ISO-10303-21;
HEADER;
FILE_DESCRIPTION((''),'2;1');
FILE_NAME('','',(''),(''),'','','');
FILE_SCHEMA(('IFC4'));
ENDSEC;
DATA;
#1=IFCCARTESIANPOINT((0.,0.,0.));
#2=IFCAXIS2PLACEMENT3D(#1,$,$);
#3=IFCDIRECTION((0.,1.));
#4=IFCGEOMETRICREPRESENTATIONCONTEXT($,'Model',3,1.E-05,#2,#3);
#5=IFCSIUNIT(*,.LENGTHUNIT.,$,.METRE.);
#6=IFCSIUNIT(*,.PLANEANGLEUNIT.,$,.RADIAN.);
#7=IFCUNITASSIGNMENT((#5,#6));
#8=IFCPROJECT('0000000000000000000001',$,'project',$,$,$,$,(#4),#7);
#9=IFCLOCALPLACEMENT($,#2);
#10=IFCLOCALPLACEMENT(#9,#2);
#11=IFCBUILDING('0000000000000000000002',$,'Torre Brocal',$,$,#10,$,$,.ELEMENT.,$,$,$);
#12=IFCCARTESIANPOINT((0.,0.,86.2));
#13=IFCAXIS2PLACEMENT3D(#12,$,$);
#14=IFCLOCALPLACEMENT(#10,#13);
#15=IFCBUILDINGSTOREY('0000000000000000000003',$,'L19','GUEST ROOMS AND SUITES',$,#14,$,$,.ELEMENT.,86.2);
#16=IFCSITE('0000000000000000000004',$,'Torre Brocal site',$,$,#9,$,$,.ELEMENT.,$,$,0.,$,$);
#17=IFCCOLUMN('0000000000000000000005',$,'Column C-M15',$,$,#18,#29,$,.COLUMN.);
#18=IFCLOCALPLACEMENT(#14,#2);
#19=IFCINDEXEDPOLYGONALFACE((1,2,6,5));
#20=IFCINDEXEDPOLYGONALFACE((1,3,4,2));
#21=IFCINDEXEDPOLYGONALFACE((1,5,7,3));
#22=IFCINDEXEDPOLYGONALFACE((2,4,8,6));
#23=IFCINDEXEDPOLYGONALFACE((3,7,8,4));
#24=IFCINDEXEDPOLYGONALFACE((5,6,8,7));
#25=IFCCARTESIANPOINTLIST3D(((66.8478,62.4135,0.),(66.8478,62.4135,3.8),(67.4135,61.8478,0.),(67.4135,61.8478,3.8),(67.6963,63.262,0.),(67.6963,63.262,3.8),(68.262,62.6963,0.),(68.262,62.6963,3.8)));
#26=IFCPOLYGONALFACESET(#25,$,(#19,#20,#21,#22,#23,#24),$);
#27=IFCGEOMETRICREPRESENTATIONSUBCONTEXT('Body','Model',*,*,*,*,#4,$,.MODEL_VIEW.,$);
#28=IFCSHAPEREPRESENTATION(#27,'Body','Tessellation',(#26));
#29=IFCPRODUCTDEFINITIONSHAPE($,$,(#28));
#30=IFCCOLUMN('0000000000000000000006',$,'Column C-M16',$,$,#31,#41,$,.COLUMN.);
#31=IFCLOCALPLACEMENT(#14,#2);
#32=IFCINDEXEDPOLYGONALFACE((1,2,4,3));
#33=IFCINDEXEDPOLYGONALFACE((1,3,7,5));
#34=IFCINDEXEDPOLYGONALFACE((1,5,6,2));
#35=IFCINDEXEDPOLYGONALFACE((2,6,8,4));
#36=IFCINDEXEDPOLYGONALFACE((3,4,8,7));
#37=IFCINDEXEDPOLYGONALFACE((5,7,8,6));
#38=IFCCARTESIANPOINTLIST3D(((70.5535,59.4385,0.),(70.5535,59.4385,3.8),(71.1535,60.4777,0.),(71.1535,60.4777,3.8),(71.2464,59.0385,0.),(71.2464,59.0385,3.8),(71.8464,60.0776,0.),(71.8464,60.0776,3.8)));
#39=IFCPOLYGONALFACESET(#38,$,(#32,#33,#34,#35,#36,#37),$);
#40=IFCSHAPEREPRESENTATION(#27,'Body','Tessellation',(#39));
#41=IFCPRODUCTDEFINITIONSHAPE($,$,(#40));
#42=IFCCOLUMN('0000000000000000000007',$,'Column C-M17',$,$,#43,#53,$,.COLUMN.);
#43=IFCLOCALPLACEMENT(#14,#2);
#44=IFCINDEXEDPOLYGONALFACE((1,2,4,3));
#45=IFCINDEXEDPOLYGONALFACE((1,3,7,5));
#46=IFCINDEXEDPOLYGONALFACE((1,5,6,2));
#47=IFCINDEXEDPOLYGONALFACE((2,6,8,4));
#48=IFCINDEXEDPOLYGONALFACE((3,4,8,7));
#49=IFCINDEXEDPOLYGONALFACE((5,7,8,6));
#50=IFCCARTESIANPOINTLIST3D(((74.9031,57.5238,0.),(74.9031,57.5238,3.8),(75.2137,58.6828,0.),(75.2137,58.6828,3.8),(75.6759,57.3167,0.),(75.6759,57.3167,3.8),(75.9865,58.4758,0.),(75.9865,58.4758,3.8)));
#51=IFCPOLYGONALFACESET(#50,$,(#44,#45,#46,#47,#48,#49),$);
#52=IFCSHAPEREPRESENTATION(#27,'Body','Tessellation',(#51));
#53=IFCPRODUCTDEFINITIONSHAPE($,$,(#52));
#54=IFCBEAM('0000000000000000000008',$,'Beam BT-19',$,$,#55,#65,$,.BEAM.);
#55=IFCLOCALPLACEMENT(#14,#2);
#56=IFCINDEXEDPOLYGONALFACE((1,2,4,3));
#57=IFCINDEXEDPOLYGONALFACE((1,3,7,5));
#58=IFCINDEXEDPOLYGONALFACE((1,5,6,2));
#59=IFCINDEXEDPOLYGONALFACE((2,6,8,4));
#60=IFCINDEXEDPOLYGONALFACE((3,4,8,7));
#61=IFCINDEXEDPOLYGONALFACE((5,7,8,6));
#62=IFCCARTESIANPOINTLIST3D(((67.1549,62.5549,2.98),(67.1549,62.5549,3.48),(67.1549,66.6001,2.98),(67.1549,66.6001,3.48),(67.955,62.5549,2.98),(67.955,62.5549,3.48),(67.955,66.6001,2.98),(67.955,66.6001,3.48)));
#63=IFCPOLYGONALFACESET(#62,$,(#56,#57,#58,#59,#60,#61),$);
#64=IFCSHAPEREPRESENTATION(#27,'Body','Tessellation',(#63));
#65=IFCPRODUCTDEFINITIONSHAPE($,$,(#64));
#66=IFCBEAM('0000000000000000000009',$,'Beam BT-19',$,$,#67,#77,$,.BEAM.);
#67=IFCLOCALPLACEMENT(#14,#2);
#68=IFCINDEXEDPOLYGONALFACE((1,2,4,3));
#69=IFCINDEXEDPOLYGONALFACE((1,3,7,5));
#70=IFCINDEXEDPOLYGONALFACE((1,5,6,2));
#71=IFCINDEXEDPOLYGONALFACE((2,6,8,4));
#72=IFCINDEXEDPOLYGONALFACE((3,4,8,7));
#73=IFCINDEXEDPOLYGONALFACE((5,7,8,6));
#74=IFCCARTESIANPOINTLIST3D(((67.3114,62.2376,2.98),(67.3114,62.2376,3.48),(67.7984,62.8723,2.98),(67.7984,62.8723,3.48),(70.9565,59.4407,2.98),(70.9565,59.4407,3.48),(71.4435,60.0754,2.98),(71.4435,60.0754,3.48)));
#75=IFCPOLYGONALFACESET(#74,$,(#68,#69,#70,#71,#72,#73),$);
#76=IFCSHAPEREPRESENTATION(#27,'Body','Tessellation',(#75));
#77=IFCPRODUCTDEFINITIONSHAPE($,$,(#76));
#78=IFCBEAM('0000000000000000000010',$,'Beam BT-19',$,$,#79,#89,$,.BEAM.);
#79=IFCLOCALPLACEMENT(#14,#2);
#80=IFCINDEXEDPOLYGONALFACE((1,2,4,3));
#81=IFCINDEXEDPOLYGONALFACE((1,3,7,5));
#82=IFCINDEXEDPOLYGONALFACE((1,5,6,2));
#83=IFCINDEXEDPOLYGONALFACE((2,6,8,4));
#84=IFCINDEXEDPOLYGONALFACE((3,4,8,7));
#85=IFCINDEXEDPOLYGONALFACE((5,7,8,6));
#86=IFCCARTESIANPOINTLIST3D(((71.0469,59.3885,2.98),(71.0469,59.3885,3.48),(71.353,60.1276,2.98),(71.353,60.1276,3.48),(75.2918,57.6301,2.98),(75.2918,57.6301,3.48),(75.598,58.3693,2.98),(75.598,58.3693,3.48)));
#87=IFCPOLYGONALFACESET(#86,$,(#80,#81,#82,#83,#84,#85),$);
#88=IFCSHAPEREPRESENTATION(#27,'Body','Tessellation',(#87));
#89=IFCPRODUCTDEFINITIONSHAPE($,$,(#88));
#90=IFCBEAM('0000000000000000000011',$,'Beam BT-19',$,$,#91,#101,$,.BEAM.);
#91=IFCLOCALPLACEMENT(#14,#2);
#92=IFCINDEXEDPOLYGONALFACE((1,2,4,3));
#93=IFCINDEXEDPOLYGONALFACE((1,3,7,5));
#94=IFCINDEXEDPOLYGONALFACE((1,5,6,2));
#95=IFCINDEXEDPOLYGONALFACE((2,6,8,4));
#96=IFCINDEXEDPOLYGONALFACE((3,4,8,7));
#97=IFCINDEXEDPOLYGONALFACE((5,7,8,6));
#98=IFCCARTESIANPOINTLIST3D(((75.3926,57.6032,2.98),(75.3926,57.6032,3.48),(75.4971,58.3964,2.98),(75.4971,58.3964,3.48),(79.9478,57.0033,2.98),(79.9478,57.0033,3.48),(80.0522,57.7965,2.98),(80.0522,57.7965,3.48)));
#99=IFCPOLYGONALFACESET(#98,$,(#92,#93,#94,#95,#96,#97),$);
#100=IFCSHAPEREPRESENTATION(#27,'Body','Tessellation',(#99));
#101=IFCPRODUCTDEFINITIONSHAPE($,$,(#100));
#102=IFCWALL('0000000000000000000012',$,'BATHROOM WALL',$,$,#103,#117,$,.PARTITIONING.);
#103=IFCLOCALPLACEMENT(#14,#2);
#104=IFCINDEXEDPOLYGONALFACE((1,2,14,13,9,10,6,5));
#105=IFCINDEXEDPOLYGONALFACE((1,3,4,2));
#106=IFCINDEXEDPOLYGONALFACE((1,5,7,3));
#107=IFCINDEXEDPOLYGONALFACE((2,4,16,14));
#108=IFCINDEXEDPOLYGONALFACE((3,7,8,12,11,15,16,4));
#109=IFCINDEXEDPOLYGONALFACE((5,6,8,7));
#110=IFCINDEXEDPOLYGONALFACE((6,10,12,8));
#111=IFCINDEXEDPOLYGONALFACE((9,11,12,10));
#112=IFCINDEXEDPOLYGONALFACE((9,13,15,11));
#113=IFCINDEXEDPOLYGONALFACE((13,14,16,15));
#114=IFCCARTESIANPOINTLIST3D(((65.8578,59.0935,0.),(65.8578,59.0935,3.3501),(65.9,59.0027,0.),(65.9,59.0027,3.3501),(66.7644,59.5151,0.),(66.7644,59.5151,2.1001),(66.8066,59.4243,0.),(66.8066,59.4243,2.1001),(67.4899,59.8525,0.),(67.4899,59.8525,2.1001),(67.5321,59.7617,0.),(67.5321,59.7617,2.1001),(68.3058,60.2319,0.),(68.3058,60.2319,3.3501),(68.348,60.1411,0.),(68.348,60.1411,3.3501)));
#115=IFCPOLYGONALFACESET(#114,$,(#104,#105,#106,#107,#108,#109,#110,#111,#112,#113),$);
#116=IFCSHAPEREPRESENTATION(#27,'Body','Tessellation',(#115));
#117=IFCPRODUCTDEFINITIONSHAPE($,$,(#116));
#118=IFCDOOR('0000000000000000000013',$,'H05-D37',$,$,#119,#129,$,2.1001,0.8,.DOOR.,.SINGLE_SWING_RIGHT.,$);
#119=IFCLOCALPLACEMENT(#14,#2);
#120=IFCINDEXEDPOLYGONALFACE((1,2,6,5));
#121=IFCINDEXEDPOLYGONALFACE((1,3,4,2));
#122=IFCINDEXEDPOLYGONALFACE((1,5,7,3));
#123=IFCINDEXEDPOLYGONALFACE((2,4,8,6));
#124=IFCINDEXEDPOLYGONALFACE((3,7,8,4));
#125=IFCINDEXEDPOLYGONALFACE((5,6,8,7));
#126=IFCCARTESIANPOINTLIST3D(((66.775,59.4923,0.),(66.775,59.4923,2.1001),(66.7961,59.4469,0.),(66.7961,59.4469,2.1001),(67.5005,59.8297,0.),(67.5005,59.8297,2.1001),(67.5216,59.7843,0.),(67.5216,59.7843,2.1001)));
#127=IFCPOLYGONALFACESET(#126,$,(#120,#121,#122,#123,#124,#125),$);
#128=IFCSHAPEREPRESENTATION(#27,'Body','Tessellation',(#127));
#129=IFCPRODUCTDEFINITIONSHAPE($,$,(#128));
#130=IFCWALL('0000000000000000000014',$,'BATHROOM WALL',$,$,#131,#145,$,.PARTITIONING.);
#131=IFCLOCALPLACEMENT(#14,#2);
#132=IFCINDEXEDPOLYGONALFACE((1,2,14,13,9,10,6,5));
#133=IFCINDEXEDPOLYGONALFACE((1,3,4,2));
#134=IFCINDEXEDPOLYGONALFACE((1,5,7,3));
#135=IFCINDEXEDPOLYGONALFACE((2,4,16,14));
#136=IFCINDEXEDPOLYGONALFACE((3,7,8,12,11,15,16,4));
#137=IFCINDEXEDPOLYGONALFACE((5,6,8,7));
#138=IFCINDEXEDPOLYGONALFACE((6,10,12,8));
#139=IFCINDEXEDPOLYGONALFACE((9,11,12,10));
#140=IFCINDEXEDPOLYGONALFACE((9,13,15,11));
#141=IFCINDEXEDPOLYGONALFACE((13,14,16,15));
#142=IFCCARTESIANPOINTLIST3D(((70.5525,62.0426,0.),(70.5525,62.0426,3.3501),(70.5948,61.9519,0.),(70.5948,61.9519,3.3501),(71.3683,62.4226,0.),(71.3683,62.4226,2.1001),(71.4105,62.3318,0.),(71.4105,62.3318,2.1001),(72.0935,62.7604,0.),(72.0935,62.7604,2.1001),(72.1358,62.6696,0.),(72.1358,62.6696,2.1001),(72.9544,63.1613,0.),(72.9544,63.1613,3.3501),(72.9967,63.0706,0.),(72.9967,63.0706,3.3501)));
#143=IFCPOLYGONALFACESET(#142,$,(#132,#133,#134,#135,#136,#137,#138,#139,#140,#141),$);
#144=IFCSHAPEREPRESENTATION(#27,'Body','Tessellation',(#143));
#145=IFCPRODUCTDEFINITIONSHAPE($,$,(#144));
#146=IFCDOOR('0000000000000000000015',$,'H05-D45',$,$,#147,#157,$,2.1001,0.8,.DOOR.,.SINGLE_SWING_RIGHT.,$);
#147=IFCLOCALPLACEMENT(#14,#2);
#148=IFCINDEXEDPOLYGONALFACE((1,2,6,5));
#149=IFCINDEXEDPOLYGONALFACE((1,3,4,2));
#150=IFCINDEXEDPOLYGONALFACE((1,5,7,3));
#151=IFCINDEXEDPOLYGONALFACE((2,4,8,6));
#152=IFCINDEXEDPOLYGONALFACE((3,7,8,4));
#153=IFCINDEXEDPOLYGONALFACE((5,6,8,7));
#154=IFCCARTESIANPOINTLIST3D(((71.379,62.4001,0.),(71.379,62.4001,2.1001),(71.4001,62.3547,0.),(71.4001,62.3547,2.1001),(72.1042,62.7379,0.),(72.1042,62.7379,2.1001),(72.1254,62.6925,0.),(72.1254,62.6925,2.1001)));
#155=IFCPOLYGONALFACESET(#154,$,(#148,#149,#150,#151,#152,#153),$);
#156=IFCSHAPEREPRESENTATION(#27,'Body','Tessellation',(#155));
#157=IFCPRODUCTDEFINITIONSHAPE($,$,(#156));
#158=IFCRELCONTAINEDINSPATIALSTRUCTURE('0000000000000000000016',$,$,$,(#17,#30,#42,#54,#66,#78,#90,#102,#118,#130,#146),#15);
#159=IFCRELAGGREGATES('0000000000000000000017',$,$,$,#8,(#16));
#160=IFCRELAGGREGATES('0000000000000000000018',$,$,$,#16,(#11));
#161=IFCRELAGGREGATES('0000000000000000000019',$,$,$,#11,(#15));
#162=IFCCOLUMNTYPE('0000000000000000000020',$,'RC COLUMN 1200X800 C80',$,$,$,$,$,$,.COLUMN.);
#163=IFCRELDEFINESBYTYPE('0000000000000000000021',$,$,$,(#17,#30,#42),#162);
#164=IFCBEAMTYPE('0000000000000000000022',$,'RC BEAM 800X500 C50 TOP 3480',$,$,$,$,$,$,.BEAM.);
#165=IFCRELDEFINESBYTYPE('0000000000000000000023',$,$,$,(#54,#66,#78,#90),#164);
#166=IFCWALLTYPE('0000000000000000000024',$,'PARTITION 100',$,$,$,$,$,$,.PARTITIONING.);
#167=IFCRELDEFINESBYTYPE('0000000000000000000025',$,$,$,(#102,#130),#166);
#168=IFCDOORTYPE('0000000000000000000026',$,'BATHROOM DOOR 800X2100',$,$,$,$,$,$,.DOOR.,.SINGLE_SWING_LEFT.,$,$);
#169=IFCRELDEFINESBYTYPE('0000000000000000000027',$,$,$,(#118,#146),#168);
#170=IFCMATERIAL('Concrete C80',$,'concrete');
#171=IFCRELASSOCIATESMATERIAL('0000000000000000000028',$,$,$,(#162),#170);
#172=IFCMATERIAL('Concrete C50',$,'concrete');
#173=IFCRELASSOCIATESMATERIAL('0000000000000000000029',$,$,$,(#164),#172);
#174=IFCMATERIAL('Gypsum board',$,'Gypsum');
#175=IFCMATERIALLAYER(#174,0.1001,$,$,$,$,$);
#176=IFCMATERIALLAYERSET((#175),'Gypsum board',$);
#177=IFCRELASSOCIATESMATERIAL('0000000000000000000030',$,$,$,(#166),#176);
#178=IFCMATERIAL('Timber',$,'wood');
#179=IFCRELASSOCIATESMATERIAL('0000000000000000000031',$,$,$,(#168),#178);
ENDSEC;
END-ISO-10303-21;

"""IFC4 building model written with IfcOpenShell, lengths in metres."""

from ifc_helpers import new_model, si_unit, direction, frame, frame_2d, origin, origin_2d, place, context, subcontext, project, spatial, rectangle, extrude, material, layer, layer_set, material_profile, profile_set, type_object, element, fill, save


model = new_model("IFC4")

# Units and contexts
model_context = context("Model", 3, precision=1e-05, world=origin(), true_north=direction((0.0, 1.0)))
body_context = subcontext(model_context, "Body", "Model", "MODEL_VIEW")
ifc_project = project(units=[si_unit("LENGTHUNIT", "METRE"), si_unit("PLANEANGLEUNIT", "RADIAN")], contexts=[model_context])

# Site, building, storey
site_placement = place(None, origin())
site = spatial("IfcSite", under=ifc_project, at=site_placement, Name="Torre Brocal site", CompositionType="ELEMENT", RefElevation=0.0)
building_placement = place(site_placement, origin())
building = spatial("IfcBuilding", under=site, at=building_placement, Name="Torre Brocal", CompositionType="ELEMENT")
storey_placement = place(building_placement, frame((0.0, 0.0, 86.2)))
storey = spatial("IfcBuildingStorey", under=building, at=storey_placement, Name="L19", Description="GUEST ROOMS AND SUITES", CompositionType="ELEMENT", Elevation=86.2)

# Columns
ifc_material_1 = material(Name="Concrete C80", Category="concrete")
ifc_material_profile_1 = material_profile(ifc_material_1, rectangle(XDim=1.2, YDim=0.8, at=origin_2d()), Name="RC 1200X800")
ifc_profile_set_1 = profile_set([ifc_material_profile_1], Name="Concrete C80")
column_type = type_object("IfcColumnType", Name="RC COLUMN 1200X800 C80", PredefinedType="COLUMN", material=ifc_profile_set_1)
for number, where, z_axis, x_axis, name in (
    (1, (67.5549, 62.5549, 0.0), (0.0, 0.0, 1.0), (-0.707107, -0.707107, 0.0), "Column C-M15"),
    (2, (71.2, 59.7581, 0.0), (0.0, 0.0, 1.0), (-0.5, -0.866025, 0.0), "Column C-M16"),
    (3, (75.4448, 57.9998, 0.0), (0.0, 0.0, 1.0), (-0.258819, -0.965926, 0.0), "Column C-M17"),
):
    element("IfcColumn", number, at=place(storey_placement, frame(where, z_axis=z_axis, x_axis=x_axis)), inside=storey, type_object=column_type, Name=name, PredefinedType="COLUMN", context=body_context, shape_type="SweptSolid", body=[
        extrude(rectangle(XDim=1.2, YDim=0.8, at=origin_2d()), origin(), (0.0, 0.0, 1.0), 3.8),
    ])

# Beams
ifc_material_2 = material(Name="Concrete C50", Category="concrete")
ifc_material_profile_2 = material_profile(ifc_material_2, rectangle(XDim=0.8, YDim=0.5, at=origin_2d()), Name="RC 800X500")
ifc_profile_set_2 = profile_set([ifc_material_profile_2], Name="Concrete C50")
beam_type = type_object("IfcBeamType", Name="RC BEAM 800X500 C50 TOP 3480", PredefinedType="BEAM", material=ifc_profile_set_2)
beam_1_placement = place(storey_placement, frame((67.5549, 62.5549, 3.23), z_axis=(0.0, 1.0, 0.0), x_axis=(-1.0, 0.0, 0.0)))
element("IfcBeam", 4, at=beam_1_placement, inside=storey, type_object=beam_type, Name="Beam BT-19", PredefinedType="BEAM", context=body_context, shape_type="SweptSolid", body=[
    extrude(rectangle(XDim=0.8, YDim=0.5, at=origin_2d()), origin(), (0.0, 0.0, 1.0), 4.0452),
])
beam_2_placement = place(storey_placement, frame((67.5549, 62.5549, 3.23), z_axis=(0.793358, -0.608755, 0.0), x_axis=(0.608755, 0.793358, 0.0)))
element("IfcBeam", 5, at=beam_2_placement, inside=storey, type_object=beam_type, Name="Beam BT-19", PredefinedType="BEAM", context=body_context, shape_type="SweptSolid", body=[
    extrude(rectangle(XDim=0.8, YDim=0.5, at=origin_2d()), origin(), (0.0, 0.0, 1.0), 4.5945),
])
beam_3_placement = place(storey_placement, frame((71.2, 59.7581, 3.23), z_axis=(0.923878, -0.382687, 0.0), x_axis=(0.382687, 0.923878, 0.0)))
element("IfcBeam", 6, at=beam_3_placement, inside=storey, type_object=beam_type, Name="Beam BT-19", PredefinedType="BEAM", context=body_context, shape_type="SweptSolid", body=[
    extrude(rectangle(XDim=0.8, YDim=0.5, at=origin_2d()), origin(), (0.0, 0.0, 1.0), 4.5947),
])
beam_4_placement = place(storey_placement, frame((75.4448, 57.9998, 3.23), z_axis=(0.991441, -0.130559, 0.0), x_axis=(0.130559, 0.991441, 0.0)))
element("IfcBeam", 7, at=beam_4_placement, inside=storey, type_object=beam_type, Name="Beam BT-19", PredefinedType="BEAM", context=body_context, shape_type="SweptSolid", body=[
    extrude(rectangle(XDim=0.8, YDim=0.5, at=origin_2d()), origin(), (0.0, 0.0, 1.0), 4.5945),
])

# Walls, openings, doors
ifc_material_3 = material(Name="Gypsum board", Category="Gypsum")
ifc_layer_1 = layer(ifc_material_3, 0.1001)
ifc_layer_set_1 = layer_set([ifc_layer_1], Name="Gypsum board")
wall_type_1 = type_object("IfcWallType", Name="PARTITION 100", PredefinedType="PARTITIONING", material=ifc_layer_set_1)
wall_1_placement = place(storey_placement, frame((65.8789, 59.0481, 0.0), z_axis=(0.0, 0.0, 1.0), x_axis=(0.906746, 0.421677, 0.0)))
wall_1 = element("IfcWall", 8, at=wall_1_placement, inside=storey, type_object=wall_type_1, Name="BATHROOM WALL", PredefinedType="PARTITIONING", context=body_context, shape_type="SweptSolid", body=[
    extrude(rectangle(XDim=2.6997, YDim=0.1001, at=frame_2d((1.3499, 0.0))), origin(), (0.0, 0.0, 1.0), 3.3501),
])
opening_1_placement = place(wall_1_placement, frame((1.0, 0.0, 0.0)))
opening_1 = element("IfcOpeningElement", 9, at=opening_1_placement, cuts=wall_1, PredefinedType="OPENING", context=body_context, shape_type="SweptSolid", body=[
    extrude(rectangle(XDim=0.8, YDim=2.1001, at=frame_2d((0.3999, 1.05))), frame((0.0, 0.0601, 0.0), z_axis=(0.0, -1.0, 0.0), x_axis=(1.0, 0.0, 0.0)), (0.0, 0.0, 1.0), 0.1201),
])
ifc_material_4 = material(Name="Timber", Category="wood")
door_type_1 = type_object("IfcDoorType", Name="BATHROOM DOOR 800X2100", OperationType="SINGLE_SWING_LEFT", PredefinedType="DOOR", material=ifc_material_4)
door_1_placement = place(opening_1_placement, origin())
door_1 = element("IfcDoor", 10, at=door_1_placement, inside=storey, type_object=door_type_1, Name="H05-D37", OperationType="SINGLE_SWING_RIGHT", OverallHeight=2.1001, OverallWidth=0.8, PredefinedType="DOOR", context=body_context, shape_type="SweptSolid", body=[
    extrude(rectangle(XDim=0.8, YDim=2.1001, at=frame_2d((0.3999, 1.05))), frame((0.0, 0.0249, 0.0), z_axis=(0.0, -1.0, 0.0), x_axis=(1.0, 0.0, 0.0)), (0.0, 0.0, 1.0), 0.05),
])
fill(opening_1, door_1)
wall_2_placement = place(storey_placement, frame((70.5737, 61.9973, 0.0), z_axis=(0.0, 0.0, 1.0), x_axis=(0.906503, 0.422199, 0.0)))
wall_2 = element("IfcWall", 11, at=wall_2_placement, inside=storey, type_object=wall_type_1, Name="BATHROOM WALL", PredefinedType="PARTITIONING", context=body_context, shape_type="SweptSolid", body=[
    extrude(rectangle(XDim=2.6497, YDim=0.1001, at=frame_2d((1.3247, 0.0))), origin(), (0.0, 0.0, 1.0), 3.3501),
])
opening_2_placement = place(wall_2_placement, frame((0.8999, 0.0, 0.0)))
opening_2 = element("IfcOpeningElement", 12, at=opening_2_placement, cuts=wall_2, PredefinedType="OPENING", context=body_context, shape_type="SweptSolid", body=[
    extrude(rectangle(XDim=0.8, YDim=2.1001, at=frame_2d((0.3999, 1.05))), frame((0.0, 0.0601, 0.0), z_axis=(0.0, -1.0, 0.0), x_axis=(1.0, 0.0, 0.0)), (0.0, 0.0, 1.0), 0.1201),
])
door_2_placement = place(opening_2_placement, frame((0.8, 0.0, 0.0), z_axis=(0.0, 0.0, 1.0), x_axis=(-1.0, 0.0, 0.0)))
door_2 = element("IfcDoor", 13, at=door_2_placement, inside=storey, type_object=door_type_1, Name="H05-D45", OperationType="SINGLE_SWING_RIGHT", OverallHeight=2.1001, OverallWidth=0.8, PredefinedType="DOOR", context=body_context, shape_type="SweptSolid", body=[
    extrude(rectangle(XDim=0.8, YDim=2.1001, at=frame_2d((0.3999, 1.05))), frame((0.0, 0.0249, 0.0), z_axis=(0.0, -1.0, 0.0), x_axis=(1.0, 0.0, 0.0)), (0.0, 0.0, 1.0), 0.05),
])
fill(opening_2, door_2)

save(model, "model.ifc")
